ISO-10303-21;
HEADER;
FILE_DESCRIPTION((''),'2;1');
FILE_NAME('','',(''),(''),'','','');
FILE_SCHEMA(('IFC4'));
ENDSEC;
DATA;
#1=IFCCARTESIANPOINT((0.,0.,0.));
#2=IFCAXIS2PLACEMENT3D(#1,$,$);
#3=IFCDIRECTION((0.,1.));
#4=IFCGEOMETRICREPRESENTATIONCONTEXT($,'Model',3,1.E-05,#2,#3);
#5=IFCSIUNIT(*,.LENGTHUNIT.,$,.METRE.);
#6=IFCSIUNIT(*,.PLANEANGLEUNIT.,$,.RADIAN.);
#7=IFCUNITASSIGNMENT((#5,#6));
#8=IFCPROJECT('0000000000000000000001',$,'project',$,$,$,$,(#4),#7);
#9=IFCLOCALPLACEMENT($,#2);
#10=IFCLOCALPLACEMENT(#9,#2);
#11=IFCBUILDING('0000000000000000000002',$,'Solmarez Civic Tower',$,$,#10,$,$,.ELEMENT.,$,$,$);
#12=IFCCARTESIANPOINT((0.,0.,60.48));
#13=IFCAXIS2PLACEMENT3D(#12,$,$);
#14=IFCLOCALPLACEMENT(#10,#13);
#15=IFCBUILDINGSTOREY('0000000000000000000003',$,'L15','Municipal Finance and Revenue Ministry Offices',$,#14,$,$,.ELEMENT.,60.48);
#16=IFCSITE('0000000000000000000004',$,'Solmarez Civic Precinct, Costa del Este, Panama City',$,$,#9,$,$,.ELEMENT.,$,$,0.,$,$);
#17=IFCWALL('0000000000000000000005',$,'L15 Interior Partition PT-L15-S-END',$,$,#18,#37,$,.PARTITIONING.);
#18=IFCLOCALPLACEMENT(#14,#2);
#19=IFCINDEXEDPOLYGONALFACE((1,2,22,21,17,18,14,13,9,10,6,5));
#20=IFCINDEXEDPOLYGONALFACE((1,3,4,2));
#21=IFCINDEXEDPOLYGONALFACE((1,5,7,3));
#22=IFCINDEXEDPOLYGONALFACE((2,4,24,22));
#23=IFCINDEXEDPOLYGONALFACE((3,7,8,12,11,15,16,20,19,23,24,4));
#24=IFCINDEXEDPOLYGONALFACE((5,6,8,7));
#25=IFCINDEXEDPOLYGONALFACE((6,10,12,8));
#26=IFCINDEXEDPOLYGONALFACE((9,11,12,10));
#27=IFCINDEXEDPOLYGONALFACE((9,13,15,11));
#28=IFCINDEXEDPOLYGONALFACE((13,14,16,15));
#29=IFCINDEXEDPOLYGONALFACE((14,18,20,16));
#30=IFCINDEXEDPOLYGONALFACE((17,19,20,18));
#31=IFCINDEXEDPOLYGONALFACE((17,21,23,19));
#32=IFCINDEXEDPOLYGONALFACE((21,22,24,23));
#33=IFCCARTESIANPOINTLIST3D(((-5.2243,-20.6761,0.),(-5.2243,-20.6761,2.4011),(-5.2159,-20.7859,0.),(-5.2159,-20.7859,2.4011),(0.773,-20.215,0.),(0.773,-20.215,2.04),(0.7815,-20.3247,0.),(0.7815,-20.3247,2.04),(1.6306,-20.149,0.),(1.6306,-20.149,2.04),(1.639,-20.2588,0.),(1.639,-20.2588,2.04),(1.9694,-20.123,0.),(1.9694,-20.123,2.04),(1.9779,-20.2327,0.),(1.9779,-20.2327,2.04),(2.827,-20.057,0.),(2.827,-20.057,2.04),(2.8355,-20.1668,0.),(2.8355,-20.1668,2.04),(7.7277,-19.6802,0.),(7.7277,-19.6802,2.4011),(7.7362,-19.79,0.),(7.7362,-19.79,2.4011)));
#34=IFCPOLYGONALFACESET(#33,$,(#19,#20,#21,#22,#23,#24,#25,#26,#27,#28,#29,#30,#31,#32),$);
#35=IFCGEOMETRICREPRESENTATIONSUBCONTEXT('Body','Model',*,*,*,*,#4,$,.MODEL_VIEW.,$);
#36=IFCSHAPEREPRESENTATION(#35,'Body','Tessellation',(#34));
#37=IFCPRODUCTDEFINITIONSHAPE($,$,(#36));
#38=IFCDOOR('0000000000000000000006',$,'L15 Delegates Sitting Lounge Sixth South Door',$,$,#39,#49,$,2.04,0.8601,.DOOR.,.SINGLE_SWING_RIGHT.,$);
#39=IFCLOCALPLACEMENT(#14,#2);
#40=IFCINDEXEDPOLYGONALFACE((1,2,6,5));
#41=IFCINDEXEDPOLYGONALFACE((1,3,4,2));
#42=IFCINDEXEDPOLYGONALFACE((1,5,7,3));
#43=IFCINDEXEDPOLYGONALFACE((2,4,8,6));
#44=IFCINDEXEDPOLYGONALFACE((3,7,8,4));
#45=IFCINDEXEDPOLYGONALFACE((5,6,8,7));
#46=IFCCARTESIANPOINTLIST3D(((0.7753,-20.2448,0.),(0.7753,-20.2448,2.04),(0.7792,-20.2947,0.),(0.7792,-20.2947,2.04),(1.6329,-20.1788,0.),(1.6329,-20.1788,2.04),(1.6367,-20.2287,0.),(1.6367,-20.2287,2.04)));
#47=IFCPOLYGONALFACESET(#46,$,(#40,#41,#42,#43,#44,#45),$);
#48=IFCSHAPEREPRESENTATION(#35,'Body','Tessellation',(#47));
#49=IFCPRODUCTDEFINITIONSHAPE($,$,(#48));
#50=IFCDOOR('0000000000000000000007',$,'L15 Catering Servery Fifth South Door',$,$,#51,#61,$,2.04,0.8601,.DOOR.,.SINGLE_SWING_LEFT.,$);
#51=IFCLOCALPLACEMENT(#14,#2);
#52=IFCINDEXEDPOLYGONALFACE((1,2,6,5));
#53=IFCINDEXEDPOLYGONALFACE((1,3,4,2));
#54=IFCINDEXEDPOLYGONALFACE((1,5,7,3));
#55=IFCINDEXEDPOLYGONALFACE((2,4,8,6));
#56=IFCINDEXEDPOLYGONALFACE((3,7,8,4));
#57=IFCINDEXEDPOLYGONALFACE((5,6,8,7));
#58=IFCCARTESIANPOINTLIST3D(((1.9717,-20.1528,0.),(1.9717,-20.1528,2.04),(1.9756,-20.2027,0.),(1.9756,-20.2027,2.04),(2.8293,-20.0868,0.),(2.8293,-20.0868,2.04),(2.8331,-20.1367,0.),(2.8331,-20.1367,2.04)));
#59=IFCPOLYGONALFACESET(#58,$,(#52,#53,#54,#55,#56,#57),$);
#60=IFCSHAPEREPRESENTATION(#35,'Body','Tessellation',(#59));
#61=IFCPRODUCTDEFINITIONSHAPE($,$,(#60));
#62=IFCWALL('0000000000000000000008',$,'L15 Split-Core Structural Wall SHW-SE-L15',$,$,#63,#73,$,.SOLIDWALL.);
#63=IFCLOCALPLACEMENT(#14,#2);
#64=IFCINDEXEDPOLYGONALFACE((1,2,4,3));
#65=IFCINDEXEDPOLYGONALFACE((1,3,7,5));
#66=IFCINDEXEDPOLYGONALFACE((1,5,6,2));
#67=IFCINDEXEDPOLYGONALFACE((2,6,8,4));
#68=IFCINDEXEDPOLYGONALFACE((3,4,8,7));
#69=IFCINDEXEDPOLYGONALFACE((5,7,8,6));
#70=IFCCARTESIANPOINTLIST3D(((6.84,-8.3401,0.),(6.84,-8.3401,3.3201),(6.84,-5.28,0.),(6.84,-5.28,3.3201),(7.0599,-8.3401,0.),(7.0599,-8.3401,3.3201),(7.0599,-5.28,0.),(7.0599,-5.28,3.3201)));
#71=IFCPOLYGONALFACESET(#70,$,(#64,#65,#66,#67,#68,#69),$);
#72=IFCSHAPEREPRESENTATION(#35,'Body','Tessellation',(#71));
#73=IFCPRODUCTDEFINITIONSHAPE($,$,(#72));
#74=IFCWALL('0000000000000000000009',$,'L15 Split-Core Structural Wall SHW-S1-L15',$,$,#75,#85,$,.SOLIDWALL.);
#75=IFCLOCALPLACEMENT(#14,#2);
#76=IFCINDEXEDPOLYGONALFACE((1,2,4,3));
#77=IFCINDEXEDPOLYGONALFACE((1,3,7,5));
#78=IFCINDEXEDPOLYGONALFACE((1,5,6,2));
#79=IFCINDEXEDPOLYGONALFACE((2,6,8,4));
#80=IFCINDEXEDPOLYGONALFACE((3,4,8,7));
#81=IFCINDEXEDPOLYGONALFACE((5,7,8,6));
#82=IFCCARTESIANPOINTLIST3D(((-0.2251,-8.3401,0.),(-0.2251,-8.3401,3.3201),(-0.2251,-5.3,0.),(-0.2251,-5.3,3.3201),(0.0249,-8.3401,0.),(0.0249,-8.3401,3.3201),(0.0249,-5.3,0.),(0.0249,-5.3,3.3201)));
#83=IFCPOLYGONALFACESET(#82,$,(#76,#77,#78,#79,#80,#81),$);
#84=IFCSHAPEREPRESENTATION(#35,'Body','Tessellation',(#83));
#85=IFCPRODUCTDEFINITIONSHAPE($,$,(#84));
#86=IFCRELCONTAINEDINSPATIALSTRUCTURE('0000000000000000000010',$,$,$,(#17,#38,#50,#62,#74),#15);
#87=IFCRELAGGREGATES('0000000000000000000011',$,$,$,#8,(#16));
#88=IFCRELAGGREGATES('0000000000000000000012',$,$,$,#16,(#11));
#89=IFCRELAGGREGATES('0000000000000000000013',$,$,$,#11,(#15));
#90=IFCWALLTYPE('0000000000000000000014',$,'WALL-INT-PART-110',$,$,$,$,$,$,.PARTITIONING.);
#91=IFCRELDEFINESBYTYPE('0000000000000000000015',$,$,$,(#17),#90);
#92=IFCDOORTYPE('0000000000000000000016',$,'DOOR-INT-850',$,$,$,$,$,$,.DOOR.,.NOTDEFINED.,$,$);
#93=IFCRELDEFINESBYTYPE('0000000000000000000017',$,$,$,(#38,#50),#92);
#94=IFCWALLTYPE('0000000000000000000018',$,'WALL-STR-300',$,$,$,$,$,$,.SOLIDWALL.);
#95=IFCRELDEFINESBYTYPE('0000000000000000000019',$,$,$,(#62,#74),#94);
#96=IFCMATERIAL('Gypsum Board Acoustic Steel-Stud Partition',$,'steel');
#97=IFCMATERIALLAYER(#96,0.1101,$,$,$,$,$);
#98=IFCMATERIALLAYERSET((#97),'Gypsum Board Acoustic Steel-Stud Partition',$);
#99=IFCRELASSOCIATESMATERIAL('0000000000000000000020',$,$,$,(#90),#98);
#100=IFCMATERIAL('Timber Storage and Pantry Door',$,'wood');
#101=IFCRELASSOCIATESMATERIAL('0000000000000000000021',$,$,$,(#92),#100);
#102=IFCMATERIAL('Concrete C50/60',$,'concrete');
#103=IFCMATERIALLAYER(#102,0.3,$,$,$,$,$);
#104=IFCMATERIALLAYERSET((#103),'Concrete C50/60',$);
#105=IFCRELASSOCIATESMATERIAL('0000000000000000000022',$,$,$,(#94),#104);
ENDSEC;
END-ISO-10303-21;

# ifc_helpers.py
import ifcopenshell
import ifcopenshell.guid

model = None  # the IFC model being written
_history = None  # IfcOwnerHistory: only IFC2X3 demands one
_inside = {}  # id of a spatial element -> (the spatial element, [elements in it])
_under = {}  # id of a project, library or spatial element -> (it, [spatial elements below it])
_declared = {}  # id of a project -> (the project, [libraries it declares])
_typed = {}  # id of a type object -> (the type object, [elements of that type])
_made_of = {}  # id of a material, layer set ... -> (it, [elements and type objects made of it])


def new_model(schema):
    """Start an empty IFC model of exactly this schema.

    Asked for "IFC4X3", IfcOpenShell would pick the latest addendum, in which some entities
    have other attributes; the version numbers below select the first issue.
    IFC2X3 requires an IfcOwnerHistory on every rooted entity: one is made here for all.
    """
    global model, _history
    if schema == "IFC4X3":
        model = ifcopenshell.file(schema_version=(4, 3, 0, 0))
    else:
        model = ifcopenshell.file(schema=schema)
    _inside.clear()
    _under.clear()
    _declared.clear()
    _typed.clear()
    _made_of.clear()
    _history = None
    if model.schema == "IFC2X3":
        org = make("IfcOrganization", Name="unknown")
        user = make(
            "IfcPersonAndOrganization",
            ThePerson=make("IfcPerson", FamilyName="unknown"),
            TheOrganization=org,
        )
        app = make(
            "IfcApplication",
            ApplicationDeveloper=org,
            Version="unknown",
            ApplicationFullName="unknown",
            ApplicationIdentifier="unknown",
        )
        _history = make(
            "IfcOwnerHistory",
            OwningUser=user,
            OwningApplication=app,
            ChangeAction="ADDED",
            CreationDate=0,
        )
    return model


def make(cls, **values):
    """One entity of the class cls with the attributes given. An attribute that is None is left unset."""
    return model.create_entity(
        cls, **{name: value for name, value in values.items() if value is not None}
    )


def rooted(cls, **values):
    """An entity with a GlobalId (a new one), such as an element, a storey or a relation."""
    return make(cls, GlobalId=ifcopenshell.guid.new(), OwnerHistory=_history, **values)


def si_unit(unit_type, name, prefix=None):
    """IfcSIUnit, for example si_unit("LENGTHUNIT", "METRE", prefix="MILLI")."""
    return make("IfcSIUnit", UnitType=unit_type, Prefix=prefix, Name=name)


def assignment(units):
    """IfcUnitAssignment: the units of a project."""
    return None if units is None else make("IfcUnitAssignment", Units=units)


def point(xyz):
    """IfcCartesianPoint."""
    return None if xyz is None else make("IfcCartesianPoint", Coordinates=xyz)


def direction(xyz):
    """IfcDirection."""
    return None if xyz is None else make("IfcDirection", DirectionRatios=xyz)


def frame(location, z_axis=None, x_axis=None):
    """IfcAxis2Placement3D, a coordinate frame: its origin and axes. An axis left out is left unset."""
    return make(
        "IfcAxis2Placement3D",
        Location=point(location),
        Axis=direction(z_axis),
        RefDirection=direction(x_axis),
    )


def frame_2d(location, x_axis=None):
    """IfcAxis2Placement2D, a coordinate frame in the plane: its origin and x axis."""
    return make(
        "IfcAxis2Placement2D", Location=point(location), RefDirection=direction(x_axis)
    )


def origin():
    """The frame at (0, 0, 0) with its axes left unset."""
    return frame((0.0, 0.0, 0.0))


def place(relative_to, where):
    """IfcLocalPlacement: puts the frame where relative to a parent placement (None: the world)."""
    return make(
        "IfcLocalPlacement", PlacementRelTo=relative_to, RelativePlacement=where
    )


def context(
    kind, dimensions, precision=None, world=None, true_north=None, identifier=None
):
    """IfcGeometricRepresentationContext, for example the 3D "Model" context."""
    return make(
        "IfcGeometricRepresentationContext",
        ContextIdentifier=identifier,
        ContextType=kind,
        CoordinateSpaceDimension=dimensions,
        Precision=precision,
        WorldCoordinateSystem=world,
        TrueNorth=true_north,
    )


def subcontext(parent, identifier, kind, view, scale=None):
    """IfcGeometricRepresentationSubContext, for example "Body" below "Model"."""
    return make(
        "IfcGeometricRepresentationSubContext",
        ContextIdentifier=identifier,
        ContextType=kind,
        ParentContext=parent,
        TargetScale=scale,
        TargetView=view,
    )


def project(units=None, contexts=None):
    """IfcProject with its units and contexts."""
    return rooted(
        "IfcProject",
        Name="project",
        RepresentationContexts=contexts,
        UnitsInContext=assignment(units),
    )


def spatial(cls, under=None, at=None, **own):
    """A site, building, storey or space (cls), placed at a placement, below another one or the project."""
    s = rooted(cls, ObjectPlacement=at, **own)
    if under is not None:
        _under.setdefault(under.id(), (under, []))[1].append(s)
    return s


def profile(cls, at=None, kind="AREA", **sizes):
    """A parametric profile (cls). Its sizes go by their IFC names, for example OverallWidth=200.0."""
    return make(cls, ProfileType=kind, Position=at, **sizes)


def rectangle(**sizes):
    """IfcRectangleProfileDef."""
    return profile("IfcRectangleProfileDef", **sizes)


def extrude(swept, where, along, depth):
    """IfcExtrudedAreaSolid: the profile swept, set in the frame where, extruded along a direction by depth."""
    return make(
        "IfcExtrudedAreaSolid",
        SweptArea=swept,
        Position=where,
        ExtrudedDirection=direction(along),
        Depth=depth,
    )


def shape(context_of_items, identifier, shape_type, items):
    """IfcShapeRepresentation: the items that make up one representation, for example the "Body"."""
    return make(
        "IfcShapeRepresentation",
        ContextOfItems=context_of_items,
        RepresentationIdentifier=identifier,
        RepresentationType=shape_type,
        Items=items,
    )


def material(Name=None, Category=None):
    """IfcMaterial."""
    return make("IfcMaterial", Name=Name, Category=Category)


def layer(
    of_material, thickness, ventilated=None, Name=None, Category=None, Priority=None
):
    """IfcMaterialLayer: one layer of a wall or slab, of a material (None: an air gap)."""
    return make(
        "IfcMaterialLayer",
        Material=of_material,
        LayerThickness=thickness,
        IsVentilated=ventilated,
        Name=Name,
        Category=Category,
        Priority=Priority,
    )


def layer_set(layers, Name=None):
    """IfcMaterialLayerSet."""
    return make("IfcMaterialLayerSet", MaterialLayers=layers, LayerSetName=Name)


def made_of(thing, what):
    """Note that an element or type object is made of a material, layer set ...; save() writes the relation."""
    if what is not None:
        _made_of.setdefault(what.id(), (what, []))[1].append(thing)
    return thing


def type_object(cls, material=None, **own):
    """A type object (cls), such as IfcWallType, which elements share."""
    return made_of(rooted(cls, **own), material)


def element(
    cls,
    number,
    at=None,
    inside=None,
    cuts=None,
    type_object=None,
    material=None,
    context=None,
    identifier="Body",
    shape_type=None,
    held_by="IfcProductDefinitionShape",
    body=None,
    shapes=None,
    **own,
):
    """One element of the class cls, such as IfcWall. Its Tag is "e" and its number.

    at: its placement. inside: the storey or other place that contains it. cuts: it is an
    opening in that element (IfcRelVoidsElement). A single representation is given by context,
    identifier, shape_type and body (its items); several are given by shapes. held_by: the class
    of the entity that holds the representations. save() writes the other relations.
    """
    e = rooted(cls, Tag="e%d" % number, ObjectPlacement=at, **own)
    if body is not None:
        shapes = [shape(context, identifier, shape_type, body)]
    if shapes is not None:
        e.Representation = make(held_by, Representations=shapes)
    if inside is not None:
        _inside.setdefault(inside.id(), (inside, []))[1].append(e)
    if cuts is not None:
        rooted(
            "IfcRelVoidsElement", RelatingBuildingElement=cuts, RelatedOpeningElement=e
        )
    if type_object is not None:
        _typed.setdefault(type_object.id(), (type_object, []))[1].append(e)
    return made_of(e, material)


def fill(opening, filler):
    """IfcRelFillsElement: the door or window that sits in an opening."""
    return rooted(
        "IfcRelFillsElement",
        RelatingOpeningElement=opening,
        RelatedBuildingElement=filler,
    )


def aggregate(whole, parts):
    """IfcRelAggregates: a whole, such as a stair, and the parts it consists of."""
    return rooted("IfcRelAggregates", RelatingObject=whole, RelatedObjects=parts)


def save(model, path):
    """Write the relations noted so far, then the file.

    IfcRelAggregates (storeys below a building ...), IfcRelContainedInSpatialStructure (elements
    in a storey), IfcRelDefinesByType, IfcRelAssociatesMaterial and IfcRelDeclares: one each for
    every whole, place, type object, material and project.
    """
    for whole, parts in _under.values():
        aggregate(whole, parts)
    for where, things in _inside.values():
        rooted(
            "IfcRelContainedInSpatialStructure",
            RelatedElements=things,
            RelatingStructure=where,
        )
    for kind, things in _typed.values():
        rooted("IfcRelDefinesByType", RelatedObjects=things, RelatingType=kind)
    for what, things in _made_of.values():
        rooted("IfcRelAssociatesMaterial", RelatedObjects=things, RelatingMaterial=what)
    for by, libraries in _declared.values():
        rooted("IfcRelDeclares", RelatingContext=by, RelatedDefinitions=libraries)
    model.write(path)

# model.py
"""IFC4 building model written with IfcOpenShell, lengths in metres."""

from ifc_helpers import new_model, si_unit, direction, frame, frame_2d, origin, place, context, subcontext, project, spatial, rectangle, extrude, material, layer, layer_set, type_object, element, fill, save


model = new_model("IFC4")

# Units and contexts
model_context = context("Model", 3, precision=1e-05, world=origin(), true_north=direction((0.0, 1.0)))
body_context = subcontext(model_context, "Body", "Model", "MODEL_VIEW")
ifc_project = project(units=[si_unit("LENGTHUNIT", "METRE"), si_unit("PLANEANGLEUNIT", "RADIAN")], contexts=[model_context])

# Site, building, storey
site_placement = place(None, origin())
site = spatial("IfcSite", under=ifc_project, at=site_placement, Name="Solmarez Civic Precinct, Costa del Este, Panama City", CompositionType="ELEMENT", RefElevation=0.0)
building_placement = place(site_placement, origin())
building = spatial("IfcBuilding", under=site, at=building_placement, Name="Solmarez Civic Tower", CompositionType="ELEMENT")
storey_placement = place(building_placement, frame((0.0, 0.0, 60.48)))
storey = spatial("IfcBuildingStorey", under=building, at=storey_placement, Name="L15", Description="Municipal Finance and Revenue Ministry Offices", CompositionType="ELEMENT", Elevation=60.48)

# Shared definitions
ifc_material_1 = material(Name="Gypsum Board Acoustic Steel-Stud Partition", Category="steel")
ifc_layer_1 = layer(ifc_material_1, 0.1101)
ifc_layer_set_1 = layer_set([ifc_layer_1], Name="Gypsum Board Acoustic Steel-Stud Partition")
wall_type_1 = type_object("IfcWallType", Name="WALL-INT-PART-110", PredefinedType="PARTITIONING", material=ifc_layer_set_1)

# Shared definitions
ifc_material_2 = material(Name="Timber Storage and Pantry Door", Category="wood")
door_type = type_object("IfcDoorType", Name="DOOR-INT-850", OperationType="NOTDEFINED", PredefinedType="DOOR", material=ifc_material_2)

# Wall, openings, doors
wall_1_placement = place(storey_placement, frame((7.7319, -19.7351, 0.0), z_axis=(0.0, 0.0, 1.0), x_axis=(-0.997057, -0.076662, 0.0)))
wall_1 = element("IfcWall", 1, at=wall_1_placement, inside=storey, type_object=wall_type_1, Name="L15 Interior Partition PT-L15-S-END", PredefinedType="PARTITIONING", context=body_context, shape_type="SweptSolid", body=[
    extrude(rectangle(XDim=12.9902, YDim=0.1101, at=frame_2d((6.4951, 0.0))), origin(), (0.0, 0.0, 1.0), 2.4011),
])
opening_1_placement = place(wall_1_placement, frame((6.115, 0.0, 0.0)))
opening_1 = element("IfcOpeningElement", 2, at=opening_1_placement, cuts=wall_1, PredefinedType="OPENING", context=body_context, shape_type="SweptSolid", body=[
    extrude(rectangle(XDim=0.8601, YDim=2.04, at=frame_2d((0.4302, 1.02))), frame((0.0, 0.0649, 0.0), z_axis=(0.0, -1.0, 0.0), x_axis=(1.0, 0.0, 0.0)), (0.0, 0.0, 1.0), 0.1301),
])
opening_2_placement = place(wall_1_placement, frame((4.915, 0.0, 0.0)))
opening_2 = element("IfcOpeningElement", 3, at=opening_2_placement, cuts=wall_1, PredefinedType="OPENING", context=body_context, shape_type="SweptSolid", body=[
    extrude(rectangle(XDim=0.8601, YDim=2.04, at=frame_2d((0.4302, 1.02))), frame((0.0, 0.0649, 0.0), z_axis=(0.0, -1.0, 0.0), x_axis=(1.0, 0.0, 0.0)), (0.0, 0.0, 1.0), 0.1301),
])
door_1_placement = place(opening_1_placement, origin())
door_1 = element("IfcDoor", 4, at=door_1_placement, inside=storey, type_object=door_type, Name="L15 Delegates Sitting Lounge Sixth South Door", OperationType="SINGLE_SWING_RIGHT", OverallHeight=2.04, OverallWidth=0.8601, PredefinedType="DOOR", context=body_context, shape_type="SweptSolid", body=[
    extrude(rectangle(XDim=0.8601, YDim=2.04, at=frame_2d((0.4302, 1.02))), frame((0.0, 0.0249, 0.0), z_axis=(0.0, -1.0, 0.0), x_axis=(1.0, 0.0, 0.0)), (0.0, 0.0, 1.0), 0.05),
])
fill(opening_1, door_1)
door_2_placement = place(opening_2_placement, origin())
door_2 = element("IfcDoor", 5, at=door_2_placement, inside=storey, type_object=door_type, Name="L15 Catering Servery Fifth South Door", OperationType="SINGLE_SWING_LEFT", OverallHeight=2.04, OverallWidth=0.8601, PredefinedType="DOOR", context=body_context, shape_type="SweptSolid", body=[
    extrude(rectangle(XDim=0.8601, YDim=2.04, at=frame_2d((0.4302, 1.02))), frame((0.0, 0.0249, 0.0), z_axis=(0.0, -1.0, 0.0), x_axis=(1.0, 0.0, 0.0)), (0.0, 0.0, 1.0), 0.05),
])
fill(opening_2, door_2)

# Walls
ifc_material_3 = material(Name="Concrete C50/60", Category="concrete")
ifc_layer_2 = layer(ifc_material_3, 0.3)
ifc_layer_set_2 = layer_set([ifc_layer_2], Name="Concrete C50/60")
wall_type_2 = type_object("IfcWallType", Name="WALL-STR-300", PredefinedType="SOLIDWALL", material=ifc_layer_set_2)
wall_2_placement = place(storey_placement, frame((6.95, -8.3401, 0.0), z_axis=(0.0, 0.0, 1.0), x_axis=(0.0, 1.0, 0.0)))
element("IfcWall", 6, at=wall_2_placement, inside=storey, type_object=wall_type_2, Name="L15 Split-Core Structural Wall SHW-SE-L15", PredefinedType="SOLIDWALL", context=body_context, shape_type="SweptSolid", body=[
    extrude(rectangle(XDim=3.0601, YDim=0.22, at=frame_2d((1.53, 0.0))), origin(), (0.0, 0.0, 1.0), 3.3201),
])
wall_3_placement = place(storey_placement, frame((-0.1001, -8.3401, 0.0), z_axis=(0.0, 0.0, 1.0), x_axis=(0.0, 1.0, 0.0)))
element("IfcWall", 7, at=wall_3_placement, inside=storey, type_object=wall_type_2, Name="L15 Split-Core Structural Wall SHW-S1-L15", PredefinedType="SOLIDWALL", context=body_context, shape_type="SweptSolid", body=[
    extrude(rectangle(XDim=3.04, YDim=0.25, at=frame_2d((1.52, 0.0))), origin(), (0.0, 0.0, 1.0), 3.3201),
])

save(model, "model.ifc")
